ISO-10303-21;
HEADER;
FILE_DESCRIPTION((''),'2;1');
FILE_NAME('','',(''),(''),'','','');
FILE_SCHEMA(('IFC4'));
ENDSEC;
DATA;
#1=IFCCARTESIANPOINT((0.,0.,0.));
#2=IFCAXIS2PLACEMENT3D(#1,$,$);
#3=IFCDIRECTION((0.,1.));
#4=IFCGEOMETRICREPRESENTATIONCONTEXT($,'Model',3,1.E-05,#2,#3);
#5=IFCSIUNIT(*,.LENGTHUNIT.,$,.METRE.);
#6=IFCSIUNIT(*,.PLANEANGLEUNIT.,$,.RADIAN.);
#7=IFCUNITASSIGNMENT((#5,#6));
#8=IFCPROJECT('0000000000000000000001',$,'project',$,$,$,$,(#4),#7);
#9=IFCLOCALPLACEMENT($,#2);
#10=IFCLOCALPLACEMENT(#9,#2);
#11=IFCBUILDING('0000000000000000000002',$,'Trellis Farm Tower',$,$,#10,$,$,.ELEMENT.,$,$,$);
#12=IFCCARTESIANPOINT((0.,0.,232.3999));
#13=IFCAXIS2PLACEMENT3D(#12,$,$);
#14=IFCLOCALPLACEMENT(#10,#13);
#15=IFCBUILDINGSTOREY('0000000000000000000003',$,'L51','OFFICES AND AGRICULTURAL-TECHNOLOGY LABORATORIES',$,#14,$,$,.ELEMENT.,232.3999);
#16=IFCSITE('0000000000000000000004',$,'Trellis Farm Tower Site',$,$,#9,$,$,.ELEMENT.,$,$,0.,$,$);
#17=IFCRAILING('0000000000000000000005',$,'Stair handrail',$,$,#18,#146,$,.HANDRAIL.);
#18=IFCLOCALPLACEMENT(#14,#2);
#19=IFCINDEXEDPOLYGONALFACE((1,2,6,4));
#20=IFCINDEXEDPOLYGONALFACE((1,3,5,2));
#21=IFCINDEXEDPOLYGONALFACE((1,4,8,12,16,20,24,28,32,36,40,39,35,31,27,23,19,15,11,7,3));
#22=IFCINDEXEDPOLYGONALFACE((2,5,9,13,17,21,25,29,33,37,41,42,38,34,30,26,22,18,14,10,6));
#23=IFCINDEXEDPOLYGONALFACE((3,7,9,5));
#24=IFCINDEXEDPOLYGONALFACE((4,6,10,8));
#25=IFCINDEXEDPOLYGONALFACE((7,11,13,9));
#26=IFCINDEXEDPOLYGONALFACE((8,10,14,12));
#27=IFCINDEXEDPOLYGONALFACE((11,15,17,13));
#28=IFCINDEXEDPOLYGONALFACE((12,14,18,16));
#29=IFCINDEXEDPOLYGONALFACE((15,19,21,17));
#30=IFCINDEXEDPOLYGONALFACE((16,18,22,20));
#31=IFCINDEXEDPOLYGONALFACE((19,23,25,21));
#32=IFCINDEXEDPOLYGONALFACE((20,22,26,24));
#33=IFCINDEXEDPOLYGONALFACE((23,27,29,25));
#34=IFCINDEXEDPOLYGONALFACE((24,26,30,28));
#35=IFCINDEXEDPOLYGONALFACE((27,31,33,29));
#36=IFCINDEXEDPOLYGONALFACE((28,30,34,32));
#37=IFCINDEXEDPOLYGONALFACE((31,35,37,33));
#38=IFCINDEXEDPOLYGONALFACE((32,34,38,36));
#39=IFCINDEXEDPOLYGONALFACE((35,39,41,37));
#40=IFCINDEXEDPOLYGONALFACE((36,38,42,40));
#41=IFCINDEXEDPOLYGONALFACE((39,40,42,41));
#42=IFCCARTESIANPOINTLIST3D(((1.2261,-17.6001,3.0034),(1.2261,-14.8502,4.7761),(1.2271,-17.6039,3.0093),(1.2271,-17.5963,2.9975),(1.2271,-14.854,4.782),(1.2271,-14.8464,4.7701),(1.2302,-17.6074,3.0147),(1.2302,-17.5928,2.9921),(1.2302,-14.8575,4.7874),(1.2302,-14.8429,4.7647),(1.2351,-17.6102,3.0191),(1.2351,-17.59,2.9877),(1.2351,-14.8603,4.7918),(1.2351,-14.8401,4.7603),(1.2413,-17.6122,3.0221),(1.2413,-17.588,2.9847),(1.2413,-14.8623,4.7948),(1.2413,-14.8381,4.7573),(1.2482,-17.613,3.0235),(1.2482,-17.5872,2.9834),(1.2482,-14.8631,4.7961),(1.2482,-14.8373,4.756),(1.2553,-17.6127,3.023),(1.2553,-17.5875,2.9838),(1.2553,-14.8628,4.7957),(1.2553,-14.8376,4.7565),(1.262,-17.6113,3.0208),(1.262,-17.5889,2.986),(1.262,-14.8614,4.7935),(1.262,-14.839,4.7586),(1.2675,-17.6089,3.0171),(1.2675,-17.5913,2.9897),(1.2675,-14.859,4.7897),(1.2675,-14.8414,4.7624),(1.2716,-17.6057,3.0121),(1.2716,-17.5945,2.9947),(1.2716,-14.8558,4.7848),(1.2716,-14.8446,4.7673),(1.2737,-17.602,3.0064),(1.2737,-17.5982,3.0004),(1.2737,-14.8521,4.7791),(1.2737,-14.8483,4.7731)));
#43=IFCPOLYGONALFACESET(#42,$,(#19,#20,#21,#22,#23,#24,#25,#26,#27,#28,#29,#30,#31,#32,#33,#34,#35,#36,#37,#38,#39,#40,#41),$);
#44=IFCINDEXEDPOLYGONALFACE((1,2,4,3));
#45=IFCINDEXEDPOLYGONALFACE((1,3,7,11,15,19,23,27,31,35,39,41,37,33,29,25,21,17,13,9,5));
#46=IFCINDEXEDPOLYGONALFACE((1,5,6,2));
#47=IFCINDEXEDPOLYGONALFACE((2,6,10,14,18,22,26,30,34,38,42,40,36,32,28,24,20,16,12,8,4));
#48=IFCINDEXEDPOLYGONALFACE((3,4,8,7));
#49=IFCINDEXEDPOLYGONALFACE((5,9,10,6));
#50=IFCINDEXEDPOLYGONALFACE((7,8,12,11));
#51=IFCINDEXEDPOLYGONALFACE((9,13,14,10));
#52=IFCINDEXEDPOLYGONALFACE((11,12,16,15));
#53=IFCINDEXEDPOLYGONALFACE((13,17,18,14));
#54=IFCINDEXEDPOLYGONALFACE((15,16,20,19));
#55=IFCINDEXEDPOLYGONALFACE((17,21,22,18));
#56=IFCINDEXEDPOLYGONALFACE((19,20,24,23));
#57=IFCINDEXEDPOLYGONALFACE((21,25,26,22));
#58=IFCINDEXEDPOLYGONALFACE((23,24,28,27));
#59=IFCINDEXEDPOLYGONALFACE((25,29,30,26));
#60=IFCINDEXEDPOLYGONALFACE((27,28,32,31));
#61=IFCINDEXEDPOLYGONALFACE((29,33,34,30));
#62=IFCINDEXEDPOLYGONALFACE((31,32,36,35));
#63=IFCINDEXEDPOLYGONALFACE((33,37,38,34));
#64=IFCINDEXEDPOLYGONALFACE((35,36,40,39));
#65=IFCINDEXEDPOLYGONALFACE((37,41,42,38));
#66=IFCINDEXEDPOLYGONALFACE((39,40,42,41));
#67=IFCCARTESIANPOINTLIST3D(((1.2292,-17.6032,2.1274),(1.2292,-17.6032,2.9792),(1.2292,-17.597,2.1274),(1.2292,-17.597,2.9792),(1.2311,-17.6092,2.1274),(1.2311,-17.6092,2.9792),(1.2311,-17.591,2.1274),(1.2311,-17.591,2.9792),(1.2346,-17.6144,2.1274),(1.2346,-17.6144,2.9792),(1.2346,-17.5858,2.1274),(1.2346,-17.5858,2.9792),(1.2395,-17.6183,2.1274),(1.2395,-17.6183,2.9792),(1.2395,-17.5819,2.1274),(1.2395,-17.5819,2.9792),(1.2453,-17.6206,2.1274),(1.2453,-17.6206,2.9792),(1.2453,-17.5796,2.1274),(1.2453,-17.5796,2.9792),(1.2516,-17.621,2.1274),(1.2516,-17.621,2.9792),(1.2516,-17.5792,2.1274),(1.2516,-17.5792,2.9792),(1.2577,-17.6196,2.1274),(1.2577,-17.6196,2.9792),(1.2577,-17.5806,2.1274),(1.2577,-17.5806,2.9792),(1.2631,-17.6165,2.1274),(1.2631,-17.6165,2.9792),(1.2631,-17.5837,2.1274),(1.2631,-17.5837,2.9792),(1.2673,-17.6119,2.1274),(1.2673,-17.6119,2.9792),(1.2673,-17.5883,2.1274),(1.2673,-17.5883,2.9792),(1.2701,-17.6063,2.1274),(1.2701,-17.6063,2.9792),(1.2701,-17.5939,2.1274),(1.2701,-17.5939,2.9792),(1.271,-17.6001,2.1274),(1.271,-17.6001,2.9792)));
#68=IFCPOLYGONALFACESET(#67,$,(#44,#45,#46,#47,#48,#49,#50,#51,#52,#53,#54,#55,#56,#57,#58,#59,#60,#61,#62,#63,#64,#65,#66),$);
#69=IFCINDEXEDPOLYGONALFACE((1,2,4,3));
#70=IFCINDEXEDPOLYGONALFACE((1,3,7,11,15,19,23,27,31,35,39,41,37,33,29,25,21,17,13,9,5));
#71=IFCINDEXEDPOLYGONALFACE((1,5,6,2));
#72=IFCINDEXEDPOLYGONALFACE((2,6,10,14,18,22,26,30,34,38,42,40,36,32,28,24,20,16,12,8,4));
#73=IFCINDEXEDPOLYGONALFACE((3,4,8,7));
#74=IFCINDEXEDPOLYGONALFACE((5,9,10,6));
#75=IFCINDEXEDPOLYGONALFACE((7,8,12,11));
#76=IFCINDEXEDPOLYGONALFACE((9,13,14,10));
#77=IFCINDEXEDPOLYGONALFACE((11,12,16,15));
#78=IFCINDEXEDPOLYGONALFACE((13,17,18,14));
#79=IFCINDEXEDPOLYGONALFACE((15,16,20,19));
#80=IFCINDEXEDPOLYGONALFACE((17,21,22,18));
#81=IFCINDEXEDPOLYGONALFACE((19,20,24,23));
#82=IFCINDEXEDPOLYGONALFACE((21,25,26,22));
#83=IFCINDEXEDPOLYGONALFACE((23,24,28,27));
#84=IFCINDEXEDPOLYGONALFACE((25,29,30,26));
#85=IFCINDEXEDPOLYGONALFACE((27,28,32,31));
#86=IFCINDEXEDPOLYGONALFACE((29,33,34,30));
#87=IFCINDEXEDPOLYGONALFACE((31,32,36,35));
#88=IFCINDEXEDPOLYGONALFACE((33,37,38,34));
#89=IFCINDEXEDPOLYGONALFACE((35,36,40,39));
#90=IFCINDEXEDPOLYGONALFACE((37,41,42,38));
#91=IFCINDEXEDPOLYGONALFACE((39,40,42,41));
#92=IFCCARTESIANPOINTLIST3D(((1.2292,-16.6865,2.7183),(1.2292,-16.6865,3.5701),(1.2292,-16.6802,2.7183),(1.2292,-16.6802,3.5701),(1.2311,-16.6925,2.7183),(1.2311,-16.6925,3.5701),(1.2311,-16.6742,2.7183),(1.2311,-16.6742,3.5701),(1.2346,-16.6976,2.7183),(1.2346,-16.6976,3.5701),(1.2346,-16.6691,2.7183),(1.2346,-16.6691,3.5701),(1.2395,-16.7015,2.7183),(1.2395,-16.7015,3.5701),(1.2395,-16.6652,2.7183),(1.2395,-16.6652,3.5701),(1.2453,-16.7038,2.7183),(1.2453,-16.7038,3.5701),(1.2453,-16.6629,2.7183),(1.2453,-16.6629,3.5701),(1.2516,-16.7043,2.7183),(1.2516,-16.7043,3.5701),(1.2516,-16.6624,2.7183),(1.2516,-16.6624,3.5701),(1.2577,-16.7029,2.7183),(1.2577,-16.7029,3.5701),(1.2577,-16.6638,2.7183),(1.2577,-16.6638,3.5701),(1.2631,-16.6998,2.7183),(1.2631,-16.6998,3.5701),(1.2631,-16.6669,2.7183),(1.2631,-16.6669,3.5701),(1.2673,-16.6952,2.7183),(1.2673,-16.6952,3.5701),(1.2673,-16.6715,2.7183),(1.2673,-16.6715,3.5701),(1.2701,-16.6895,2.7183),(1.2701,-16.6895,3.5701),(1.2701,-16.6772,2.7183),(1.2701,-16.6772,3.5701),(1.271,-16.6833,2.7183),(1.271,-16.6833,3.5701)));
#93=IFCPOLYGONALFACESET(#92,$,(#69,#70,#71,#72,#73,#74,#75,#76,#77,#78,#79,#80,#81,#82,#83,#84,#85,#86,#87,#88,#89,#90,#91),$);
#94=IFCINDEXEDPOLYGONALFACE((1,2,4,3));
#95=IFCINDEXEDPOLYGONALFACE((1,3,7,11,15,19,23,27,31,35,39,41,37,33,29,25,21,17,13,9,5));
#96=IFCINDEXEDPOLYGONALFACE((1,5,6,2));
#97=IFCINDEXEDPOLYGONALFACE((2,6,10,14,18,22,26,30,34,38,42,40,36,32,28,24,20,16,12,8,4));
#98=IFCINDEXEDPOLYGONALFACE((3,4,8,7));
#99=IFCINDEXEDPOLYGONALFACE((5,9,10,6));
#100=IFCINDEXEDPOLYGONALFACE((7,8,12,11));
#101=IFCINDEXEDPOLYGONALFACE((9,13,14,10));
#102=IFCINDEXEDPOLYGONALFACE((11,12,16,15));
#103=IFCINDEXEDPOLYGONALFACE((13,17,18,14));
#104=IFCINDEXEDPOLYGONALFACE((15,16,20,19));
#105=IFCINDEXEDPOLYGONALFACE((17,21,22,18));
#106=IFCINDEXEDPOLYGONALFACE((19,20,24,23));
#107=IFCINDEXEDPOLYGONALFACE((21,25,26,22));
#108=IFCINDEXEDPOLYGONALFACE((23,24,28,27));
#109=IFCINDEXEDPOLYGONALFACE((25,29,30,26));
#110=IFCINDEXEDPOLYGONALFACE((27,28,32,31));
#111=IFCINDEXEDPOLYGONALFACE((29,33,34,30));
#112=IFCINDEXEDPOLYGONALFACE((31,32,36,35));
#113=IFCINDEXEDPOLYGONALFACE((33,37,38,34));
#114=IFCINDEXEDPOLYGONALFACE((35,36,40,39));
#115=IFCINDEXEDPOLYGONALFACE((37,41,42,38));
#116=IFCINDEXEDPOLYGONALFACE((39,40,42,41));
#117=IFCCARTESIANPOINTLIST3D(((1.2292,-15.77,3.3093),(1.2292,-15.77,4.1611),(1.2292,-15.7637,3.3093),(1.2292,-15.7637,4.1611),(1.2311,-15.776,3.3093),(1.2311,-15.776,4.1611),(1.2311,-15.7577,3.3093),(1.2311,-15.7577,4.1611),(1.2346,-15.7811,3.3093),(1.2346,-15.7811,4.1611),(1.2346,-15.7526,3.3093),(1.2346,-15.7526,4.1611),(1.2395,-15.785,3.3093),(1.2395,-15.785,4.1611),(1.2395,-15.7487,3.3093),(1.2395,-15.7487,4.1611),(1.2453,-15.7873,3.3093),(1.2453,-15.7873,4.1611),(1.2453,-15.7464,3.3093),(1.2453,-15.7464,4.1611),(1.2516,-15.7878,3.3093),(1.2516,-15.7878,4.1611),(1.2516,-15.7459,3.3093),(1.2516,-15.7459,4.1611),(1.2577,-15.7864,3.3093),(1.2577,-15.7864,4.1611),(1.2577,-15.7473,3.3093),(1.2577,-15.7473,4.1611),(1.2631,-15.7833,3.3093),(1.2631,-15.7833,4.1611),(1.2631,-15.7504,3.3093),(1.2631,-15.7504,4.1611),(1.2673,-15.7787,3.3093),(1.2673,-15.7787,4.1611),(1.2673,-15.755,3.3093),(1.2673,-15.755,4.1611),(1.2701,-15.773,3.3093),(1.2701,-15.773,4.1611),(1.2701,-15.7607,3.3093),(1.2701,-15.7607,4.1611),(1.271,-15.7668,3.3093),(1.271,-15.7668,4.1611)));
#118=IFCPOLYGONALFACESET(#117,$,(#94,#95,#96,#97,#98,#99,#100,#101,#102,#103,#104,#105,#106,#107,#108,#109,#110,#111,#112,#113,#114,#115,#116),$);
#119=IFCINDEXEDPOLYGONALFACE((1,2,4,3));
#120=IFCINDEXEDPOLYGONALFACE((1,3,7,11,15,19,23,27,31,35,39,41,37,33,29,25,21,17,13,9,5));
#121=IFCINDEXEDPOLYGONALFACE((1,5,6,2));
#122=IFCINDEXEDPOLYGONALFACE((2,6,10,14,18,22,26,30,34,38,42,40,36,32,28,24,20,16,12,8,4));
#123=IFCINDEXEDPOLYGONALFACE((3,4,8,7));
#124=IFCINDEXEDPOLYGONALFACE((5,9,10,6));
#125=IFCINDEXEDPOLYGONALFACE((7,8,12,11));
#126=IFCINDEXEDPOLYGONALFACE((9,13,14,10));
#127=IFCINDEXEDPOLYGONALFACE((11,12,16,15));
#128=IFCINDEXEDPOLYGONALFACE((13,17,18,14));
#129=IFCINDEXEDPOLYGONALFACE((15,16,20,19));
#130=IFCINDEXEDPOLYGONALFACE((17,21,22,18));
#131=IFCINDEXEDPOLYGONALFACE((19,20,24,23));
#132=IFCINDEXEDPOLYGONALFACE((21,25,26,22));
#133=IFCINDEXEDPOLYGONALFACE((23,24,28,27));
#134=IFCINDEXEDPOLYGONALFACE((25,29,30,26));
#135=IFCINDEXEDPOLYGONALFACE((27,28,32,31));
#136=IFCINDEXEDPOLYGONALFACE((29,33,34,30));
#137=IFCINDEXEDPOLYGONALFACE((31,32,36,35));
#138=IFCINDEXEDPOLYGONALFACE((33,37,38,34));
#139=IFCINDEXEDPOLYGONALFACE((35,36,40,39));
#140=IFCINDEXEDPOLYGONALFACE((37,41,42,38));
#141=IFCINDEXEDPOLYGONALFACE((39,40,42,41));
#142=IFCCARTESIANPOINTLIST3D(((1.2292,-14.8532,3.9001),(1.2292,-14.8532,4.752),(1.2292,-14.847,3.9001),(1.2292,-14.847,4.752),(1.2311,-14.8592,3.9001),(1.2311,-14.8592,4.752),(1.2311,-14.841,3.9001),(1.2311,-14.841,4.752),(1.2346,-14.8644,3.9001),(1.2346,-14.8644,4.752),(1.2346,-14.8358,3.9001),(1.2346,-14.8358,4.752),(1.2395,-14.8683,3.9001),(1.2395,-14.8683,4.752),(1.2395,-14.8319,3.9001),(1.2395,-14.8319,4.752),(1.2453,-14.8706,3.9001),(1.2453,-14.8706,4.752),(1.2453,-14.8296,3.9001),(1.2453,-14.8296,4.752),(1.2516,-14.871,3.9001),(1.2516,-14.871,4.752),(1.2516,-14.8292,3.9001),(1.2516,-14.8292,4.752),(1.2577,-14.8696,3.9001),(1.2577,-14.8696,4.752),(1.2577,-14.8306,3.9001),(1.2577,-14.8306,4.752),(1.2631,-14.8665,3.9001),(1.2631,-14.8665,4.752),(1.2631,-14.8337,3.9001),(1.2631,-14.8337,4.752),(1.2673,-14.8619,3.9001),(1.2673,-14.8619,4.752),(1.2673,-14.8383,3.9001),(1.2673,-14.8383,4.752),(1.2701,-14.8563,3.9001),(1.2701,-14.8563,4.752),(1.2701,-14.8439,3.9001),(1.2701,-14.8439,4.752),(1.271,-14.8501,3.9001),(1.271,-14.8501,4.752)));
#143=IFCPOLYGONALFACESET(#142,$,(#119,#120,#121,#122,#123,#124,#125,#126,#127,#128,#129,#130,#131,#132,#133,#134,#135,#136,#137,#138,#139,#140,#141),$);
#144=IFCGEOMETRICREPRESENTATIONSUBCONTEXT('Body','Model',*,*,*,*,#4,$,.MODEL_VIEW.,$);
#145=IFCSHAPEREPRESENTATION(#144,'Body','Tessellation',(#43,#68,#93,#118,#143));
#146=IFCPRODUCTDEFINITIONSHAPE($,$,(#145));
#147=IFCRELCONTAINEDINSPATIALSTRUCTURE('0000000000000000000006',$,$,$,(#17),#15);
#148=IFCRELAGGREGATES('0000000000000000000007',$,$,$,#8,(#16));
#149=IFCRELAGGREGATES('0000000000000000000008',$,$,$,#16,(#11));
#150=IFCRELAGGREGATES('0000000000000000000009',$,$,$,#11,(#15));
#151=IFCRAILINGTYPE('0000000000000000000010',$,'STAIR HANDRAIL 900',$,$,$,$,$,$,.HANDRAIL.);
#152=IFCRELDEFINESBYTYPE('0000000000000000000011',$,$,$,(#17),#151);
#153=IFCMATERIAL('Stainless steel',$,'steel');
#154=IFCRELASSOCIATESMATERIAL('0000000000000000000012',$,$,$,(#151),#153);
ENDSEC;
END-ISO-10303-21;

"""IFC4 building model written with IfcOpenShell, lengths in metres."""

from ifc_helpers import new_model, si_unit, direction, frame, origin, origin_2d, place, context, subcontext, project, spatial, circle, extrude, source, transform, mapped, material, type_object, element, save


model = new_model("IFC4")

# Units and contexts
model_context = context("Model", 3, precision=1e-05, world=origin(), true_north=direction((0.0, 1.0)))
body_context = subcontext(model_context, "Body", "Model", "MODEL_VIEW")
ifc_project = project(units=[si_unit("LENGTHUNIT", "METRE"), si_unit("PLANEANGLEUNIT", "RADIAN")], contexts=[model_context])

# Site, building, storey
site_placement = place(None, origin())
site = spatial("IfcSite", under=ifc_project, at=site_placement, Name="Trellis Farm Tower Site", CompositionType="ELEMENT", RefElevation=0.0)
building_placement = place(site_placement, origin())
building = spatial("IfcBuilding", under=site, at=building_placement, Name="Trellis Farm Tower", CompositionType="ELEMENT")
storey_placement = place(building_placement, frame((0.0, 0.0, 232.3999)))
storey = spatial("IfcBuildingStorey", under=building, at=storey_placement, Name="L51", Description="OFFICES AND AGRICULTURAL-TECHNOLOGY LABORATORIES", CompositionType="ELEMENT", Elevation=232.3999)

# Railing
ifc_material_1 = material(Name="Stainless steel", Category="steel")
railing_type = type_object("IfcRailingType", Name="STAIR HANDRAIL 900", PredefinedType="HANDRAIL", material=ifc_material_1)
shared_shape_1 = source(origin(), body_context, "Body", "SweptSolid", [
    extrude(circle(Radius=0.0239, at=origin_2d()), frame((0.0, 0.0, 0.876), z_axis=(0.0, 0.840504, 0.541806), x_axis=(-1.0, 0.0, 0.0)), (0.0, 0.0, 1.0), 3.2717),
    extrude(circle(Radius=0.021, at=origin_2d()), origin(), (0.0, 0.0, 1.0), 0.8518),
    extrude(circle(Radius=0.021, at=origin_2d()), frame((0.0, 0.9167, 0.5908)), (0.0, 0.0, 1.0), 0.8518),
    extrude(circle(Radius=0.021, at=origin_2d()), frame((0.0, 1.8333, 1.1819)), (0.0, 0.0, 1.0), 0.8518),
    extrude(circle(Radius=0.021, at=origin_2d()), frame((0.0, 2.75, 1.7727)), (0.0, 0.0, 1.0), 0.8518),
])
railing_placement = place(storey_placement, frame((1.25, -17.6001, 2.1274)))
element("IfcRailing", 1, at=railing_placement, inside=storey, type_object=railing_type, Name="Stair handrail", PredefinedType="HANDRAIL", context=body_context, shape_type="MappedRepresentation", body=[
    mapped(shared_shape_1, transform((0.0, 0.0, 0.0))),
])

save(model, "model.ifc")
